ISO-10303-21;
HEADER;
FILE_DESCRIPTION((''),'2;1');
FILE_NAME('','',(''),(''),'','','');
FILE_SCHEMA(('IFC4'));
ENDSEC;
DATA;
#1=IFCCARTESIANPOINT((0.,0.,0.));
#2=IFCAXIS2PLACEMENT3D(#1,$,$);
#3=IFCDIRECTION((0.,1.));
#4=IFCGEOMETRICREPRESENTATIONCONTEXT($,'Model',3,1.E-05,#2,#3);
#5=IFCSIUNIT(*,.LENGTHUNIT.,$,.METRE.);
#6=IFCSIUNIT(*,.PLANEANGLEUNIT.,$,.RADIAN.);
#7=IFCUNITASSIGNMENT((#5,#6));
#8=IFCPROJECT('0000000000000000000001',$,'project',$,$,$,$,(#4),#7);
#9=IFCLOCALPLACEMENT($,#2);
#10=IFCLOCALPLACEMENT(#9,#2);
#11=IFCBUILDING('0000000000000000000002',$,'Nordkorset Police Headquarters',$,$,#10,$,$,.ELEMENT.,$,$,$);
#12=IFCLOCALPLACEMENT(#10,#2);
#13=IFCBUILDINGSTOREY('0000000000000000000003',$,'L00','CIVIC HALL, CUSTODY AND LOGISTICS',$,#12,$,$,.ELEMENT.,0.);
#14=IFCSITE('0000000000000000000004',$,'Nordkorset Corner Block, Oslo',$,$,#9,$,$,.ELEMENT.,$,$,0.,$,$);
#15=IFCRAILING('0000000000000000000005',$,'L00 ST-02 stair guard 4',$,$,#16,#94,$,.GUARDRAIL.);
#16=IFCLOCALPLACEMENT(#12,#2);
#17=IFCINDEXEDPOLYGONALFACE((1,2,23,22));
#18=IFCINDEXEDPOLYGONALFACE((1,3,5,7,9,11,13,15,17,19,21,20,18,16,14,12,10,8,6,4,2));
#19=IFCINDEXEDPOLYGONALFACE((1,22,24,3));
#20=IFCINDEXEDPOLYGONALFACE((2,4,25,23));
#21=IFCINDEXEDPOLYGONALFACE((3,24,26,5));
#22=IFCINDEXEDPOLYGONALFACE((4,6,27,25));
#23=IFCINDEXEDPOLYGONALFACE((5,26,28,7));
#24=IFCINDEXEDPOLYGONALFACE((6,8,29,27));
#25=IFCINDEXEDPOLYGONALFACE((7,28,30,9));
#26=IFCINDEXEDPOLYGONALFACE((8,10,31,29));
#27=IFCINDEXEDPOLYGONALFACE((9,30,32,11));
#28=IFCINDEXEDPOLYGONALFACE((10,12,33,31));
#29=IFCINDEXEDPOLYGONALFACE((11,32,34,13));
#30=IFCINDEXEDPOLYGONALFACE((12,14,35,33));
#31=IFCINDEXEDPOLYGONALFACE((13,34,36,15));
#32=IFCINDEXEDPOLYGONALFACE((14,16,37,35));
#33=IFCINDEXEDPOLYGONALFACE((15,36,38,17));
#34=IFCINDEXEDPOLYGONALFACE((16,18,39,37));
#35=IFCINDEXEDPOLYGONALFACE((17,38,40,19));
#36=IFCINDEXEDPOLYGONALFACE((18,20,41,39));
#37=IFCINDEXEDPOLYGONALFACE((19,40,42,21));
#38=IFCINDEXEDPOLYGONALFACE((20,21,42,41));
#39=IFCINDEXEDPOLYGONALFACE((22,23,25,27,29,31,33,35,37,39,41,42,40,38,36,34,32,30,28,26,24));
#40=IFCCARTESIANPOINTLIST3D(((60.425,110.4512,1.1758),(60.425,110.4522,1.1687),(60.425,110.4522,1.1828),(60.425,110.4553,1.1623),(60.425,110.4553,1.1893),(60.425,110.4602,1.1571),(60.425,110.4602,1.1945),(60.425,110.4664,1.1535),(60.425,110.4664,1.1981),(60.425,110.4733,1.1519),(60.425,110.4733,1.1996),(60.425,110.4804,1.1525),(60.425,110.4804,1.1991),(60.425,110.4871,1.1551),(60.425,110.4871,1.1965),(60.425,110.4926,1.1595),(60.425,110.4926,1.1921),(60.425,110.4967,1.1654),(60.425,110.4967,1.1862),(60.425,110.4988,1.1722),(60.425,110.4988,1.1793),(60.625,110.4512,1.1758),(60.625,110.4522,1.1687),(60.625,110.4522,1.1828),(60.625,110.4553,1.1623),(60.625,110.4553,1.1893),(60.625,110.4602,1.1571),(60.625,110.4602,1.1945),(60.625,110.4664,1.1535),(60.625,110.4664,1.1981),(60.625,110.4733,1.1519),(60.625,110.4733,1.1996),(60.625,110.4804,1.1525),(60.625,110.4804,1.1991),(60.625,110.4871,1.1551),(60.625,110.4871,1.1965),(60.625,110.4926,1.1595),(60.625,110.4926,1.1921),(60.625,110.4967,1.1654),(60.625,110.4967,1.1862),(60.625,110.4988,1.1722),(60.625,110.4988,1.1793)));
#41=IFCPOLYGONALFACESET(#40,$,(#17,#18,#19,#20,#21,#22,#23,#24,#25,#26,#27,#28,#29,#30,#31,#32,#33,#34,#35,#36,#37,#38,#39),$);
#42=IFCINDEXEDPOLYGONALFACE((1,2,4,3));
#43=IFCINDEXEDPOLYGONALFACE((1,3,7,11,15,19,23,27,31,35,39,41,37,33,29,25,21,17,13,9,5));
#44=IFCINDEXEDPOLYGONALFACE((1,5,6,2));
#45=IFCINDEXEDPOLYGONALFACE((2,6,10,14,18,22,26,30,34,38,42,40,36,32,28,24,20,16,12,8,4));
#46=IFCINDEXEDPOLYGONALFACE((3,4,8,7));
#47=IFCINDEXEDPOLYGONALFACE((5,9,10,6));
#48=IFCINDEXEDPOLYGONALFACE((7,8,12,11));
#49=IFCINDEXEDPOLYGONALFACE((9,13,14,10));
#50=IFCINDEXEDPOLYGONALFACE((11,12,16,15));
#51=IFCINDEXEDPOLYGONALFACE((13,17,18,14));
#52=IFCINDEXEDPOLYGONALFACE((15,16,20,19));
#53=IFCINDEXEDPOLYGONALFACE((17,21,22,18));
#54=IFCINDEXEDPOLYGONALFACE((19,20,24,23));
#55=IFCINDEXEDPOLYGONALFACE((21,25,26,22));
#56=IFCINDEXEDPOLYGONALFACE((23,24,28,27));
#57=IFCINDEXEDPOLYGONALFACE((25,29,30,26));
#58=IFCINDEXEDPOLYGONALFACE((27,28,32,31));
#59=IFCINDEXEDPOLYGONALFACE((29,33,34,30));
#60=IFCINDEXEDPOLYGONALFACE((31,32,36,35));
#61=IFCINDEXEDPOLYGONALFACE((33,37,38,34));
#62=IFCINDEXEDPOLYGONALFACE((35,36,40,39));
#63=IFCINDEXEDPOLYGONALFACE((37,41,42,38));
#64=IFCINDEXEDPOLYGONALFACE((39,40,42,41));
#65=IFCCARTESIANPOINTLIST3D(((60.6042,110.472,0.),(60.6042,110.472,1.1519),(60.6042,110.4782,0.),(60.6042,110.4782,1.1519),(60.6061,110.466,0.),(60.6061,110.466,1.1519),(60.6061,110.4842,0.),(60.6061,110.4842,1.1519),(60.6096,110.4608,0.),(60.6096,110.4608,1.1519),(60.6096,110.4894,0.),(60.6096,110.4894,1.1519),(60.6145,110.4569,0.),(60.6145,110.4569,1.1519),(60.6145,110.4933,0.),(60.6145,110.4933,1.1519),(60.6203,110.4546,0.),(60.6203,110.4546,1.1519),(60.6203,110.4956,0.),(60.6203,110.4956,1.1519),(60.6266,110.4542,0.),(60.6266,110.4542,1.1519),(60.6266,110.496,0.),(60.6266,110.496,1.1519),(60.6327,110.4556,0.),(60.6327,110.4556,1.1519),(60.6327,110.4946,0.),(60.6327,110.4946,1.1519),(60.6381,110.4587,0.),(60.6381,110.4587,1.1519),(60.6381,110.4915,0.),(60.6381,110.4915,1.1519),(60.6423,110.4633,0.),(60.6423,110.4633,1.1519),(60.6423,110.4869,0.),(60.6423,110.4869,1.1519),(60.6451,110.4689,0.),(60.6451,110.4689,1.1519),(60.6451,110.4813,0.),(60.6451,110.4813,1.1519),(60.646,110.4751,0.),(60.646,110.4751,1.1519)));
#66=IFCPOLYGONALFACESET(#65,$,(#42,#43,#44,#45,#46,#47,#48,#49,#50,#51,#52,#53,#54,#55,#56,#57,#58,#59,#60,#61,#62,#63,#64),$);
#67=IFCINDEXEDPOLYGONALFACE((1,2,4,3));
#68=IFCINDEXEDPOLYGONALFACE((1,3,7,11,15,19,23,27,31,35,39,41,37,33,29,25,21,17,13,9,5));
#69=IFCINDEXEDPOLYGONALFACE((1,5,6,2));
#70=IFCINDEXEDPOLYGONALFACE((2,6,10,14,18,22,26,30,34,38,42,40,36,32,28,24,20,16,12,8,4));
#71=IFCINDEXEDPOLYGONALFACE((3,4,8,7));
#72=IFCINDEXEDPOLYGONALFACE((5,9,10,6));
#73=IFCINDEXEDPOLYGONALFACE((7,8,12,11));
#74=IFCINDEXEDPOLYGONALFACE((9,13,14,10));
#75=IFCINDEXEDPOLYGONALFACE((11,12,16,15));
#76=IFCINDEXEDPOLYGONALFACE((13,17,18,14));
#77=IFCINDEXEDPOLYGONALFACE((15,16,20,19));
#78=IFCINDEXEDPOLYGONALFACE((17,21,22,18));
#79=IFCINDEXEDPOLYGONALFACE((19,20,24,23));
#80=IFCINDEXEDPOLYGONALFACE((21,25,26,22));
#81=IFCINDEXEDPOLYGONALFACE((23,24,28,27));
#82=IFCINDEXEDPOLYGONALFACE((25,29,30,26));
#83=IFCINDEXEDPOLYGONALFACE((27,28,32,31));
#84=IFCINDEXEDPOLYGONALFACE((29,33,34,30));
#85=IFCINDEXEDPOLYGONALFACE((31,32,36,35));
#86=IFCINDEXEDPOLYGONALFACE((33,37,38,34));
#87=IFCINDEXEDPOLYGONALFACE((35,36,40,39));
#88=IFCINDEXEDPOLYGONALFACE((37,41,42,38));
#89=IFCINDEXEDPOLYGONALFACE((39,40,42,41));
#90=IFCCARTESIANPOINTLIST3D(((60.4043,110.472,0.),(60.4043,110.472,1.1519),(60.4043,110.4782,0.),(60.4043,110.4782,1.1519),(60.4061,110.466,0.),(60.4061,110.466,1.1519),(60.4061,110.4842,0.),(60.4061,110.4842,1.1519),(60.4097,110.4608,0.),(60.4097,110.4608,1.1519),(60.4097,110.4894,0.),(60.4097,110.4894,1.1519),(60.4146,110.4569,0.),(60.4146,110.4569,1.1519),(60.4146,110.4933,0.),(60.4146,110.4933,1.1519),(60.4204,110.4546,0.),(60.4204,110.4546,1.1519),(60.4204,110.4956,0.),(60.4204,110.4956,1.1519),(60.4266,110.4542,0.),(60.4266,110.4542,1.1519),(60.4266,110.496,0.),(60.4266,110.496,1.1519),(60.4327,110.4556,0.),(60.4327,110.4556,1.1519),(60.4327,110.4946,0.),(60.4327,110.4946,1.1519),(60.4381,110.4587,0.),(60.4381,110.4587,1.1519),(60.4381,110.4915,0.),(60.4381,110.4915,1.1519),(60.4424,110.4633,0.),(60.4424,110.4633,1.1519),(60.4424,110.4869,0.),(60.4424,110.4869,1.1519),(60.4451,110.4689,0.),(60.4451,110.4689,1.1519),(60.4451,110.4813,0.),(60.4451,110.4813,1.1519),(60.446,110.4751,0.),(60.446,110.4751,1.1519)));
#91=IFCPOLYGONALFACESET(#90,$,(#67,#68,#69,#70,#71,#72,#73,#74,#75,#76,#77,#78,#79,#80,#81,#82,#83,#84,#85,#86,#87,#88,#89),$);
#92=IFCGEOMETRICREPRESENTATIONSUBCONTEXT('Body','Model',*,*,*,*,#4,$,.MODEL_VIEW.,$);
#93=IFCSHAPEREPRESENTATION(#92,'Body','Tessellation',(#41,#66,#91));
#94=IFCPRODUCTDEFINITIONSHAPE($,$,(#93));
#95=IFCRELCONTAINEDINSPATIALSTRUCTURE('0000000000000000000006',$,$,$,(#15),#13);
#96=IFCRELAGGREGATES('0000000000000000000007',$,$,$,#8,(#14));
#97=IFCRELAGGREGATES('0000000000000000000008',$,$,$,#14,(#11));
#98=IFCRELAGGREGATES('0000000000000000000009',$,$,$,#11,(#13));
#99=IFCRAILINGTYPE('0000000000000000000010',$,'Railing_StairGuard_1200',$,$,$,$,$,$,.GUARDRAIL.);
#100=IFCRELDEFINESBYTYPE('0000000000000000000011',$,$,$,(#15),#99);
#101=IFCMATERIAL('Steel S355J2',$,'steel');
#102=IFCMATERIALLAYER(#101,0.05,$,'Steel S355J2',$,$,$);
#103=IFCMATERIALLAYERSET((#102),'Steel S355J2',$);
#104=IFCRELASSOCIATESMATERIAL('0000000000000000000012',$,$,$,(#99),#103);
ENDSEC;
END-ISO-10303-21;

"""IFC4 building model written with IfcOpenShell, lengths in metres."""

from ifc_helpers import new_model, si_unit, direction, frame, origin, origin_2d, place, context, subcontext, project, spatial, circle, extrude, material, layer, layer_set, type_object, element, save


model = new_model("IFC4")

# Units and contexts
model_context = context("Model", 3, precision=1e-05, world=origin(), true_north=direction((0.0, 1.0)))
body_context = subcontext(model_context, "Body", "Model", "MODEL_VIEW")
ifc_project = project(units=[si_unit("LENGTHUNIT", "METRE"), si_unit("PLANEANGLEUNIT", "RADIAN")], contexts=[model_context])

# Site, building, storey
site_placement = place(None, origin())
site = spatial("IfcSite", under=ifc_project, at=site_placement, Name="Nordkorset Corner Block, Oslo", CompositionType="ELEMENT", RefElevation=0.0)
building_placement = place(site_placement, origin())
building = spatial("IfcBuilding", under=site, at=building_placement, Name="Nordkorset Police Headquarters", CompositionType="ELEMENT")
storey_placement = place(building_placement, origin())
storey = spatial("IfcBuildingStorey", under=building, at=storey_placement, Name="L00", Description="CIVIC HALL, CUSTODY AND LOGISTICS", CompositionType="ELEMENT", Elevation=0.0)

# Railing
ifc_material_1 = material(Name="Steel S355J2", Category="steel")
ifc_layer_1 = layer(ifc_material_1, 0.05, Name="Steel S355J2")
ifc_layer_set_1 = layer_set([ifc_layer_1], Name="Steel S355J2")
railing_type_1 = type_object("IfcRailingType", Name="Railing_StairGuard_1200", PredefinedType="GUARDRAIL", material=ifc_layer_set_1)
railing_1_placement = place(storey_placement, frame((60.625, 110.4751, 0.0)))
element("IfcRailing", 1, at=railing_1_placement, inside=storey, type_object=railing_type_1, Name="L00 ST-02 stair guard 4", PredefinedType="GUARDRAIL", context=body_context, shape_type="SweptSolid", body=[
    extrude(circle(Radius=0.0239, at=origin_2d()), frame((0.0, 0.0, 1.1758), z_axis=(-1.0, 0.0, 0.0), x_axis=(0.0, -1.0, 0.0)), (0.0, 0.0, 1.0), 0.2),
    extrude(circle(Radius=0.021, at=origin_2d()), origin(), (0.0, 0.0, 1.0), 1.1519),
    extrude(circle(Radius=0.021, at=origin_2d()), frame((-0.2, 0.0, 0.0)), (0.0, 0.0, 1.0), 1.1519),
])

save(model, "model.ifc")
